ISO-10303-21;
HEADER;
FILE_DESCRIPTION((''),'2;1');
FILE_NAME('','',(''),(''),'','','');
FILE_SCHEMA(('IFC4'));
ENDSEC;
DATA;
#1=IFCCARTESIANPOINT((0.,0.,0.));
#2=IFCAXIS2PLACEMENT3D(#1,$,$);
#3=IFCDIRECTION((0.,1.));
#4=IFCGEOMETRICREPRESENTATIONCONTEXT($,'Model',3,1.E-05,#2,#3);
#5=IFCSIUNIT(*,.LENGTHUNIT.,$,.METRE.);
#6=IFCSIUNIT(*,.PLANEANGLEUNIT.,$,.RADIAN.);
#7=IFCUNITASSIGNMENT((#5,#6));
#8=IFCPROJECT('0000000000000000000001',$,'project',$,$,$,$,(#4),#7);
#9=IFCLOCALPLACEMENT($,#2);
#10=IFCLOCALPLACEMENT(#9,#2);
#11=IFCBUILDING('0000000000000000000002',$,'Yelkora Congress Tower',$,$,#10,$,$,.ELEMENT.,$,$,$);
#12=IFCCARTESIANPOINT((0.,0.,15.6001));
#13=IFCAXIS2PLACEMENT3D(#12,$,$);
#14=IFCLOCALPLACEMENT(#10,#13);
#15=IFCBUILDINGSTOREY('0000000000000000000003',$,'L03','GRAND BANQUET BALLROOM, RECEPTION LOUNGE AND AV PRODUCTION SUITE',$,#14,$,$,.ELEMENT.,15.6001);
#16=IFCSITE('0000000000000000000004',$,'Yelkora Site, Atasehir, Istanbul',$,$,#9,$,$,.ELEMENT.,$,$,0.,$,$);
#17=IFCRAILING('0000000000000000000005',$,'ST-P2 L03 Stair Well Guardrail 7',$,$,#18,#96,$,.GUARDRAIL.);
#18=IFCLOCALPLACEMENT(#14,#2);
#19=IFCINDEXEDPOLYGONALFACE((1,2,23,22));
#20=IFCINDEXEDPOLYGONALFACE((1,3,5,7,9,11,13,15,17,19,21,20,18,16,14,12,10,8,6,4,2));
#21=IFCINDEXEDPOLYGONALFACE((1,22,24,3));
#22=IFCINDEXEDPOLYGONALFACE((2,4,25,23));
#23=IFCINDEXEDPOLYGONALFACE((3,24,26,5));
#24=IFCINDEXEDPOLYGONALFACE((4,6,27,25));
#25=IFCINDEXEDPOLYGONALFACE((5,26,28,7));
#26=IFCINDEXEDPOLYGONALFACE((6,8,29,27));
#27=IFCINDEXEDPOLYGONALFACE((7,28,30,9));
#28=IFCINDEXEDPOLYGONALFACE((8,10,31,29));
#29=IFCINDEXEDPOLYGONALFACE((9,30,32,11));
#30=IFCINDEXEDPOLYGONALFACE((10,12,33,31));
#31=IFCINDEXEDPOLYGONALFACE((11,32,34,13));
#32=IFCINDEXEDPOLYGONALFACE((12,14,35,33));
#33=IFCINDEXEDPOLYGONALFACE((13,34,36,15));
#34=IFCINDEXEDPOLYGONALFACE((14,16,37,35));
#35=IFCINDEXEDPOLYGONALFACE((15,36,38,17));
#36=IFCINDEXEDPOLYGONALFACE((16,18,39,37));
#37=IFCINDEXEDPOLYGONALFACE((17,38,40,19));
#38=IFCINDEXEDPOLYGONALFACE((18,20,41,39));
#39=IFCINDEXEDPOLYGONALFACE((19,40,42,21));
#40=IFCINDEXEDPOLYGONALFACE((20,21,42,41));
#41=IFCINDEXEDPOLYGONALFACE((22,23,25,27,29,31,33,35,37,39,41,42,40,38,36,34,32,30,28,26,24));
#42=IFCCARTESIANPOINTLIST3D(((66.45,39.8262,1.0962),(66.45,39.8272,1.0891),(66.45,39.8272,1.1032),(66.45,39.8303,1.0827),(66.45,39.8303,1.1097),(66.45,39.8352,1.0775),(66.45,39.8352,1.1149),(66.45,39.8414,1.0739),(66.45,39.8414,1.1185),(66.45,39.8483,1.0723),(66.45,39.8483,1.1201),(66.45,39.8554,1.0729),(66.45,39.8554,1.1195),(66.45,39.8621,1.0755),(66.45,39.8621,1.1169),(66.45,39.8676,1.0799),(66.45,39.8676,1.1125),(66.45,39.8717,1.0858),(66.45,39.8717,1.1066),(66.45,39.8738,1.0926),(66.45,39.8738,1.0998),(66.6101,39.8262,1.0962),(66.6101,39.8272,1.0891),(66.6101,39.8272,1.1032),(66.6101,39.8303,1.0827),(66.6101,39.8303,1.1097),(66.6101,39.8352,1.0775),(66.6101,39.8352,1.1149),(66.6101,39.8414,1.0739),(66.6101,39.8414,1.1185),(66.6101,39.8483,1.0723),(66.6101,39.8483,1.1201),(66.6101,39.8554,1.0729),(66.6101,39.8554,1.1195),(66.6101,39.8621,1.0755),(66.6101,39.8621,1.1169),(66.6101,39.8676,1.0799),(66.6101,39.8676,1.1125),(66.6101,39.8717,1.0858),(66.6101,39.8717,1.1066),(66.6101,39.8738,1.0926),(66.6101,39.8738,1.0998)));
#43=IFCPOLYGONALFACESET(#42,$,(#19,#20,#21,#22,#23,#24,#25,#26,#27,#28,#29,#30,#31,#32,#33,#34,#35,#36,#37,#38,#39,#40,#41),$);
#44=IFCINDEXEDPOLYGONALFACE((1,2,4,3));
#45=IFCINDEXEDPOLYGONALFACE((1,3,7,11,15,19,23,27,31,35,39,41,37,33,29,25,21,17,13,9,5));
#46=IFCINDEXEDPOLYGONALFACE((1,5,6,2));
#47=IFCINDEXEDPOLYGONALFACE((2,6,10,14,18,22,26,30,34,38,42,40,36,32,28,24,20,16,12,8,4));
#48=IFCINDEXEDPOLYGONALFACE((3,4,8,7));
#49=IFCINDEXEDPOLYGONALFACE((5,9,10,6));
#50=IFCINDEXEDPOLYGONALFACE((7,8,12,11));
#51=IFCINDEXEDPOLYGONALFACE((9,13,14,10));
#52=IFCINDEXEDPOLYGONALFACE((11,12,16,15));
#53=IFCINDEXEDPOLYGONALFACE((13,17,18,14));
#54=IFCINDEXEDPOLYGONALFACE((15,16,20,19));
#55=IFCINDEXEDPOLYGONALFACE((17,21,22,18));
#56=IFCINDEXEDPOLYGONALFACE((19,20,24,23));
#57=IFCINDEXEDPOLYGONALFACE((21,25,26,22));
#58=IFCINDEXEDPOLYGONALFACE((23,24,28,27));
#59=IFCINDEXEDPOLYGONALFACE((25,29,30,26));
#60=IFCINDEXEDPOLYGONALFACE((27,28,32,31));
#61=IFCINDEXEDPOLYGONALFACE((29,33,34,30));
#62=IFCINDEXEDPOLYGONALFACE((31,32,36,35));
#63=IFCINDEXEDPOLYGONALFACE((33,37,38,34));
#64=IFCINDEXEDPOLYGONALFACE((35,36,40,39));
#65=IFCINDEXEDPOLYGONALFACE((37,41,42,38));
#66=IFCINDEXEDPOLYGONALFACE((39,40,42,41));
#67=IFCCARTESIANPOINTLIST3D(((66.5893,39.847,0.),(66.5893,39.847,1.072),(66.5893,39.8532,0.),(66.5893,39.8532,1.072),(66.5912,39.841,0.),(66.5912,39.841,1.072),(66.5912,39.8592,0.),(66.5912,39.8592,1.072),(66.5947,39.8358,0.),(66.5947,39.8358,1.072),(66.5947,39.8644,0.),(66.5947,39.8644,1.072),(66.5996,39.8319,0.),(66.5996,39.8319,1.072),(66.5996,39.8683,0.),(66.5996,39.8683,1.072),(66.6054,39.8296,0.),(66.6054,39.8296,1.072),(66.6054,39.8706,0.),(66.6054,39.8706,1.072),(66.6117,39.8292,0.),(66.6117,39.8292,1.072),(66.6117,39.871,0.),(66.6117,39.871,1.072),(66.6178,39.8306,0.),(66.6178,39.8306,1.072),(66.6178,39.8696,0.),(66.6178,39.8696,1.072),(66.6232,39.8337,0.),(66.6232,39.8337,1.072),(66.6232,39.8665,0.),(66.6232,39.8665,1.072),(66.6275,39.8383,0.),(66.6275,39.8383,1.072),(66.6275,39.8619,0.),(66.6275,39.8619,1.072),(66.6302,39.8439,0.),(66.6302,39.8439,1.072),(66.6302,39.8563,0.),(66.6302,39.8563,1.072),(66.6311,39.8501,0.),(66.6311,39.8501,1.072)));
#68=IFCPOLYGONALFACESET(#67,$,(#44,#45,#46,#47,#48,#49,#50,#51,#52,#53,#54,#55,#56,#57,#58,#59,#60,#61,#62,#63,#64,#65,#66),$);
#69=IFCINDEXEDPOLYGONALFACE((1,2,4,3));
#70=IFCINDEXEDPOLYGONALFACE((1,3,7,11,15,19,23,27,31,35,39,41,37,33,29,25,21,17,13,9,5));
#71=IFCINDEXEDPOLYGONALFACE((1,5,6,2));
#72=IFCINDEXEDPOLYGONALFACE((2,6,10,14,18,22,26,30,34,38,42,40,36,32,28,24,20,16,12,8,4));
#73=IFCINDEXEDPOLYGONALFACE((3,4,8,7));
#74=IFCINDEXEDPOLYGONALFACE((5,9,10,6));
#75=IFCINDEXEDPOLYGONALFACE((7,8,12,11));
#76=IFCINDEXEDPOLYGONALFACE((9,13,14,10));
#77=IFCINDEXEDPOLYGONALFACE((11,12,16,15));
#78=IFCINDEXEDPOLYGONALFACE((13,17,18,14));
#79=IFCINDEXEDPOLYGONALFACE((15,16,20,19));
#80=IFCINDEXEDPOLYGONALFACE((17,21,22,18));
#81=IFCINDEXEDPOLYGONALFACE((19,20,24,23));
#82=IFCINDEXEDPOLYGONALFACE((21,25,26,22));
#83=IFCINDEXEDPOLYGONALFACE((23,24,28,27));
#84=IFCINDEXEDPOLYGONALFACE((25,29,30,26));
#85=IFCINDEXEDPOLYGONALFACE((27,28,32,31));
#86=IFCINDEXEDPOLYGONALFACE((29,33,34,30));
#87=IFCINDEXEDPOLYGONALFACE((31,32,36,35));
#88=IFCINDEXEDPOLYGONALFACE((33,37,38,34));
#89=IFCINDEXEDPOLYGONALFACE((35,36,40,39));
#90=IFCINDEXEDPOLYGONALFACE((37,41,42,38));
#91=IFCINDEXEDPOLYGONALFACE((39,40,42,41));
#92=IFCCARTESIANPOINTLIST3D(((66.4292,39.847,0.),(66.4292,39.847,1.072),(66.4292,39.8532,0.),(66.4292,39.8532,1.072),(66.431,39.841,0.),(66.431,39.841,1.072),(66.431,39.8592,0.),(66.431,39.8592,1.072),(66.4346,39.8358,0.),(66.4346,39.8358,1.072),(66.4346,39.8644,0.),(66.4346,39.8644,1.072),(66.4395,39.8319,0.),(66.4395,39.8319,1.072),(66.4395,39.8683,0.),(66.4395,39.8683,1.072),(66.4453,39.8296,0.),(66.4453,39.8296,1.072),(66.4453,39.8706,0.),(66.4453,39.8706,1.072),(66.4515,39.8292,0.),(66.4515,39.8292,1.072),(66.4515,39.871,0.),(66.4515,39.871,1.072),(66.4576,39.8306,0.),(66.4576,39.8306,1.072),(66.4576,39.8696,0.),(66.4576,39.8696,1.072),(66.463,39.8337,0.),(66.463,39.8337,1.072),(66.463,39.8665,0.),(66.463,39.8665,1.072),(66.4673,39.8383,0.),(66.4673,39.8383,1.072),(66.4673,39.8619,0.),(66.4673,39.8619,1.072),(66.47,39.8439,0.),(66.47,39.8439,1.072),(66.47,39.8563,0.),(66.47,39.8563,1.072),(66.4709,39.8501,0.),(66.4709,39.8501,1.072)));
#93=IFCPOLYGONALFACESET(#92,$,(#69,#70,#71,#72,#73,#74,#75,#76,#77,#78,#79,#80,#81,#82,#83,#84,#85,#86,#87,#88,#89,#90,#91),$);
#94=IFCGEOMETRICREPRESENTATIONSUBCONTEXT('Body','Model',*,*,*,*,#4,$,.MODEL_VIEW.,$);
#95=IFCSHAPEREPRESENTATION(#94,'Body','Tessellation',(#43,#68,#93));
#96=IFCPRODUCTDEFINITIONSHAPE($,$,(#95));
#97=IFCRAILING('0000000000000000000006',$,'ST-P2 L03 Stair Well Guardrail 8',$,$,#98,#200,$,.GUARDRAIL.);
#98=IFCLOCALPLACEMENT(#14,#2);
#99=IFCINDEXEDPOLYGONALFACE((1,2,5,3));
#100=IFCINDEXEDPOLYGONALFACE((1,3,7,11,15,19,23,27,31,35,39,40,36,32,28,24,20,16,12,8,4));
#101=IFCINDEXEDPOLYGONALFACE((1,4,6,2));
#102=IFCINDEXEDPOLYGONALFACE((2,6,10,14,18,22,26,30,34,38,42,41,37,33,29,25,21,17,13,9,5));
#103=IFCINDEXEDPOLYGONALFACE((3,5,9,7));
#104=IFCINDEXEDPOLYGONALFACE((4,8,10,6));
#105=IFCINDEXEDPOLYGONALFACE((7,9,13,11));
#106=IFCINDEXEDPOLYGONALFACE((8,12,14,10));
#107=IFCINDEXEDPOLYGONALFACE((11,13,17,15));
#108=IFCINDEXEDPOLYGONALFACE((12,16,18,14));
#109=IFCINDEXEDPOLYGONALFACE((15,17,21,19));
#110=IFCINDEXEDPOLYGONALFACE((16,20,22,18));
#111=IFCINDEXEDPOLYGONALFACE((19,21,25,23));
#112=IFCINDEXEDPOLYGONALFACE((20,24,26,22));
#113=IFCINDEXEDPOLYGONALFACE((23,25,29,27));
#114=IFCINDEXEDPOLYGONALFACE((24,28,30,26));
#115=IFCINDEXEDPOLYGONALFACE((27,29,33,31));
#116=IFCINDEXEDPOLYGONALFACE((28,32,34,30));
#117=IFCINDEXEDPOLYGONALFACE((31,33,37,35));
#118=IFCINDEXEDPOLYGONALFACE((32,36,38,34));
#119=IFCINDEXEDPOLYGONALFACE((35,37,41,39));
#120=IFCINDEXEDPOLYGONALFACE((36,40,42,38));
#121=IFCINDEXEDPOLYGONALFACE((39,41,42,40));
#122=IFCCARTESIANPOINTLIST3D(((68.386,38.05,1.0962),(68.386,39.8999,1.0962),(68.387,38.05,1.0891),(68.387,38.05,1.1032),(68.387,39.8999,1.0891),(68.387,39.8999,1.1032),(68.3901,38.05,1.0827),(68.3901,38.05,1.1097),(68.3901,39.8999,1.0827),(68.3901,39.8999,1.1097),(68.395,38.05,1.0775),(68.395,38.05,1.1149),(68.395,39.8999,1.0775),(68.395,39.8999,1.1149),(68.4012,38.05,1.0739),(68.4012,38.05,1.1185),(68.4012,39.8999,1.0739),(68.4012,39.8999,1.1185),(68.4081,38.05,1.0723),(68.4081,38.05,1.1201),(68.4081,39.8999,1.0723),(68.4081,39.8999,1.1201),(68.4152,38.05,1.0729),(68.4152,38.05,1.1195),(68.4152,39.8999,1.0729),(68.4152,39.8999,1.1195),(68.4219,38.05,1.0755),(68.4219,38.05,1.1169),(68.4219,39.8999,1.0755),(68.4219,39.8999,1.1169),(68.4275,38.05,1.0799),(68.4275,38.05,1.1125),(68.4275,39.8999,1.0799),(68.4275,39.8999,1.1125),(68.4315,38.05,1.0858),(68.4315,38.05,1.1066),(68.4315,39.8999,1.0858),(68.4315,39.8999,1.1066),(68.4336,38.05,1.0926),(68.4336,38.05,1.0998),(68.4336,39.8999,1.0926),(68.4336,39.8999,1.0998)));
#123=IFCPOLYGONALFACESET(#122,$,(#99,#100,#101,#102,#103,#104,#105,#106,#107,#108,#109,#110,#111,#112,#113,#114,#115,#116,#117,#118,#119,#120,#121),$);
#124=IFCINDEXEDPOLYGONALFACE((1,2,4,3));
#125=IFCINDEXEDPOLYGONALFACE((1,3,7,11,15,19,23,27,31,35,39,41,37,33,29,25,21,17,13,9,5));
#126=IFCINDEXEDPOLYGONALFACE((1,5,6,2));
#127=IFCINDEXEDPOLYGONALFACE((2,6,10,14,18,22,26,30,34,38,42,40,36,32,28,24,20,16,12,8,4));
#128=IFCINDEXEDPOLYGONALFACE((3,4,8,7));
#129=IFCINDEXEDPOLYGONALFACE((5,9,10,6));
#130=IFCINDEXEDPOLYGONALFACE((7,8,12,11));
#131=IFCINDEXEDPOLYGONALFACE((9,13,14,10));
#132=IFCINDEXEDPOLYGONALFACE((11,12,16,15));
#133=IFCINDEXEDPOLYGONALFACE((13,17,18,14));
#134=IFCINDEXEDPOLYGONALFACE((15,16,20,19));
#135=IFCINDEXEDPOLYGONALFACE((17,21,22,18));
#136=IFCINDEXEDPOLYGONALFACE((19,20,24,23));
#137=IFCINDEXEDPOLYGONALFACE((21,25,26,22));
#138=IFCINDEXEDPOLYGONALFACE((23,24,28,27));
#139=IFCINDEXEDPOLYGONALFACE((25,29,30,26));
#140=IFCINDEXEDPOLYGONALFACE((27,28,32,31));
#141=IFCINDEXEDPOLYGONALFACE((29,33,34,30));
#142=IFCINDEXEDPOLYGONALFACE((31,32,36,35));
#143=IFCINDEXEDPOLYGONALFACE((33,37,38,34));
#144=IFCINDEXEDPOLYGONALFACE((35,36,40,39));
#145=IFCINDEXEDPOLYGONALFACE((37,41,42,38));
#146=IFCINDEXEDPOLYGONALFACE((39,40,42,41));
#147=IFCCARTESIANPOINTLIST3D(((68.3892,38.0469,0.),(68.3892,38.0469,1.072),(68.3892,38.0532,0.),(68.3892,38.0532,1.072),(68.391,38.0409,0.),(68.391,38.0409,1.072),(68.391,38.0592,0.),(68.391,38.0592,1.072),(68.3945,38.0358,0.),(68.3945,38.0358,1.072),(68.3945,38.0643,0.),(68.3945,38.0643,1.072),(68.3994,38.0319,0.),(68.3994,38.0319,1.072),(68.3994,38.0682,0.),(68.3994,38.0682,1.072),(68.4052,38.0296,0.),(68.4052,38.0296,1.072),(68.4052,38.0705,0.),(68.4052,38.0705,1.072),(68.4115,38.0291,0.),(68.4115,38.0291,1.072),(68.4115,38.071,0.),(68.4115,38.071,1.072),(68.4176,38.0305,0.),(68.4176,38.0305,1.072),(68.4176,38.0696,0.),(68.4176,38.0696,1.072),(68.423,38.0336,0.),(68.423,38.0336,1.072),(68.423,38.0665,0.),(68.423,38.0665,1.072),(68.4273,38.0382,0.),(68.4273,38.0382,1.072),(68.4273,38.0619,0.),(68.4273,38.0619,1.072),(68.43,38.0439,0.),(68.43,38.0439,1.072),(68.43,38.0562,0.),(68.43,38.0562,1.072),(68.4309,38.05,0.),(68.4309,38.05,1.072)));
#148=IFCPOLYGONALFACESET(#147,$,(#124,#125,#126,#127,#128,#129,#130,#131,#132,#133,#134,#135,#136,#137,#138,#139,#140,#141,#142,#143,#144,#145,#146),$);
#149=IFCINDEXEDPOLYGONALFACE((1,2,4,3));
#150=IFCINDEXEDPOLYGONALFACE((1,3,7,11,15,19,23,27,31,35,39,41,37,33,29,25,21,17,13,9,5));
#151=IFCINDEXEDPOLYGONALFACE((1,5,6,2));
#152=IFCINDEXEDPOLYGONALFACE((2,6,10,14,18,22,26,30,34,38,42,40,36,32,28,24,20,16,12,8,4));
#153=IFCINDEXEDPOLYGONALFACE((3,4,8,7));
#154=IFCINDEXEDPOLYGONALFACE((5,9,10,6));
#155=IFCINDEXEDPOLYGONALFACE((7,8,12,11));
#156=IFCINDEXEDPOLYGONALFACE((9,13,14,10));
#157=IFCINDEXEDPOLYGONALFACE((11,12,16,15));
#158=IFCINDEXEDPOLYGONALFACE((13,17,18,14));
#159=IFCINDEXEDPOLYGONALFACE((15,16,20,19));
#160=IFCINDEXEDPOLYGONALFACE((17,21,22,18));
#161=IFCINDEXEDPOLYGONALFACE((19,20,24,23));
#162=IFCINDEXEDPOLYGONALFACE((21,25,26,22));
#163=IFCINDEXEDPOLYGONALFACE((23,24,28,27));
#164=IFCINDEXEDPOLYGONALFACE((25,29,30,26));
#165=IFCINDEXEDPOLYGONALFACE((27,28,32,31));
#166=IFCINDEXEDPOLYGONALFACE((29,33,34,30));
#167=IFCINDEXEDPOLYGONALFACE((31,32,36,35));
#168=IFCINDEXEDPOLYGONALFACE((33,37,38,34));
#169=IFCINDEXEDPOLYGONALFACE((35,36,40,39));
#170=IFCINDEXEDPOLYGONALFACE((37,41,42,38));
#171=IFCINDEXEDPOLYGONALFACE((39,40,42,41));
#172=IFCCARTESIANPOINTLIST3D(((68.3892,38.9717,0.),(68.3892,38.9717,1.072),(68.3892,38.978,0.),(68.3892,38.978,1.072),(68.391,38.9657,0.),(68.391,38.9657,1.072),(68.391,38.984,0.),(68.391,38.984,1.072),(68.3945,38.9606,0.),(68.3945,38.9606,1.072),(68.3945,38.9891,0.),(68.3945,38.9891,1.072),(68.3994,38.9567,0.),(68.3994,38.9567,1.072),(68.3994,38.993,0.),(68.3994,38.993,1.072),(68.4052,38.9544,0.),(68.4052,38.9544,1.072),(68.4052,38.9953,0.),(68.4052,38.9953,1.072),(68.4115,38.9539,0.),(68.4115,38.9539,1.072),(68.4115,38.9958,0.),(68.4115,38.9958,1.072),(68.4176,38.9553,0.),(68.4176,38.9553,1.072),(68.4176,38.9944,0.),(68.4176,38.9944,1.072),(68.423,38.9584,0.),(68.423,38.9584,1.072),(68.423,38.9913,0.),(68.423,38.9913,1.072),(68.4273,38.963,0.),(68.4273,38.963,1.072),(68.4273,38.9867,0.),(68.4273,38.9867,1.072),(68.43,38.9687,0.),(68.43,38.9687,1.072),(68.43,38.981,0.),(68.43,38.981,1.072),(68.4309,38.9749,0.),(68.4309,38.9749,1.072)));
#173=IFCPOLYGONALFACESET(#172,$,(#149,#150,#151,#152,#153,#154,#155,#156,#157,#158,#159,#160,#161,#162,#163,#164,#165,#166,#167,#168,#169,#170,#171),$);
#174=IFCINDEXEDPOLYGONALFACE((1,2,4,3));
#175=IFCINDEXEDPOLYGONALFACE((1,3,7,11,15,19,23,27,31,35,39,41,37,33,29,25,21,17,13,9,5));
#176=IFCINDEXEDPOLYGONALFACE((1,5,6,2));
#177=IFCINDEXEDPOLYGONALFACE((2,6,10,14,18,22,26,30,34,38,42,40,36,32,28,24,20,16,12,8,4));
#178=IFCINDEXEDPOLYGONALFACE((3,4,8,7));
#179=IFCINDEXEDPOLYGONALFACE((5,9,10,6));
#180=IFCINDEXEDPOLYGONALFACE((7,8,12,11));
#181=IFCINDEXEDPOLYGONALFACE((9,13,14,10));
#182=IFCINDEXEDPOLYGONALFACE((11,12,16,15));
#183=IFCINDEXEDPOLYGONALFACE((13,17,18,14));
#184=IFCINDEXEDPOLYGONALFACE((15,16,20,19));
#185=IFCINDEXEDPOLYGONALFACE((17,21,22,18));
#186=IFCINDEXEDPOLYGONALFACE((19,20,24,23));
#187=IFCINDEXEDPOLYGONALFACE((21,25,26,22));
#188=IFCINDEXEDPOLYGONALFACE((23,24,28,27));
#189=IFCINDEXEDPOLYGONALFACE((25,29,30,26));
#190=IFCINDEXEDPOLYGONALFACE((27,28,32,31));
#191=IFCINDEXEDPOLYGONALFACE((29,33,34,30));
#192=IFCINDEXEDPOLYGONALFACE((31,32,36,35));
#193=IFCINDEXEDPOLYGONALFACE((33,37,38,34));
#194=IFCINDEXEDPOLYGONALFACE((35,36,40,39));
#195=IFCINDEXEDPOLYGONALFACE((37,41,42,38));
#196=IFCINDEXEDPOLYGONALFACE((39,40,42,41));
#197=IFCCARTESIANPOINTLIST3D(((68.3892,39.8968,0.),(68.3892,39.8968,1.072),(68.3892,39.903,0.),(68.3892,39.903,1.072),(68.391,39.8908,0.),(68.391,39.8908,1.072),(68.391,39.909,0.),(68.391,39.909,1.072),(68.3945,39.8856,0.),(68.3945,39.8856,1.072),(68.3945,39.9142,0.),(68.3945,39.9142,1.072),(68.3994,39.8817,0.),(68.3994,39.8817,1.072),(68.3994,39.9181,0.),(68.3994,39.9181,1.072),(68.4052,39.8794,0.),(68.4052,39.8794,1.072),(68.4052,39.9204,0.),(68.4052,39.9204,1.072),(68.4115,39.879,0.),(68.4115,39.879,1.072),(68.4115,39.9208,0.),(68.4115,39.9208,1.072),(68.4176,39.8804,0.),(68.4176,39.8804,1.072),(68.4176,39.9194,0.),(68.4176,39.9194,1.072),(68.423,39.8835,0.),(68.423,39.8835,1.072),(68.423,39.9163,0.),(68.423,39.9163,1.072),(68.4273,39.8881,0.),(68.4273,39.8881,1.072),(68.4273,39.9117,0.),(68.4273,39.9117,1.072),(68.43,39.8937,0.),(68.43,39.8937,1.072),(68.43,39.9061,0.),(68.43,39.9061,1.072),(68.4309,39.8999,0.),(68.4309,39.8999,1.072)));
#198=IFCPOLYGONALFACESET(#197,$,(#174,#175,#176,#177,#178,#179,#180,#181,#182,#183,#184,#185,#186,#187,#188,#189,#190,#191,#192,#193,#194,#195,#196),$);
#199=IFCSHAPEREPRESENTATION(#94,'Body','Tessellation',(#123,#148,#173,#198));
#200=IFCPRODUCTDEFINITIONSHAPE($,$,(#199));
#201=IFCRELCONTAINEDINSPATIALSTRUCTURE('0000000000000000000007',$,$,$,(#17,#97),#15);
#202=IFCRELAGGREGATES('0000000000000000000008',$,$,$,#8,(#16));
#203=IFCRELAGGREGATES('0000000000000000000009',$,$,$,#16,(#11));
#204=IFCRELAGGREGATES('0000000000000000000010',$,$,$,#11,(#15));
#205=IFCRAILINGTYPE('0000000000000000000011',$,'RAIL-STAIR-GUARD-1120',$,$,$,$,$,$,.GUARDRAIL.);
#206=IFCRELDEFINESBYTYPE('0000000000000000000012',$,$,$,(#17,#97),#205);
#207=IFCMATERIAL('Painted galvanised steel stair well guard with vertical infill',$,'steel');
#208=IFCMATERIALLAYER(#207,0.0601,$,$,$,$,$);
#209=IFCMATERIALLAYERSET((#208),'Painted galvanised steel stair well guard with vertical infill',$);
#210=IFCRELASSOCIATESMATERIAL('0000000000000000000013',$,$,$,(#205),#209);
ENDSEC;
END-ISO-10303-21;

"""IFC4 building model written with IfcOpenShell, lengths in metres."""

from ifc_helpers import new_model, si_unit, direction, frame, origin, origin_2d, place, context, subcontext, project, spatial, circle, extrude, material, layer, layer_set, type_object, element, save


model = new_model("IFC4")

# Units and contexts
model_context = context("Model", 3, precision=1e-05, world=origin(), true_north=direction((0.0, 1.0)))
body_context = subcontext(model_context, "Body", "Model", "MODEL_VIEW")
ifc_project = project(units=[si_unit("LENGTHUNIT", "METRE"), si_unit("PLANEANGLEUNIT", "RADIAN")], contexts=[model_context])

# Site, building, storey
site_placement = place(None, origin())
site = spatial("IfcSite", under=ifc_project, at=site_placement, Name="Yelkora Site, Atasehir, Istanbul", CompositionType="ELEMENT", RefElevation=0.0)
building_placement = place(site_placement, origin())
building = spatial("IfcBuilding", under=site, at=building_placement, Name="Yelkora Congress Tower", CompositionType="ELEMENT")
storey_placement = place(building_placement, frame((0.0, 0.0, 15.6001)))
storey = spatial("IfcBuildingStorey", under=building, at=storey_placement, Name="L03", Description="GRAND BANQUET BALLROOM, RECEPTION LOUNGE AND AV PRODUCTION SUITE", CompositionType="ELEMENT", Elevation=15.6001)

# Railings
ifc_material_1 = material(Name="Painted galvanised steel stair well guard with vertical infill", Category="steel")
ifc_layer_1 = layer(ifc_material_1, 0.0601)
ifc_layer_set_1 = layer_set([ifc_layer_1], Name="Painted galvanised steel stair well guard with vertical infill")
railing_type = type_object("IfcRailingType", Name="RAIL-STAIR-GUARD-1120", PredefinedType="GUARDRAIL", material=ifc_layer_set_1)
railing_1_placement = place(storey_placement, frame((66.6101, 39.8501, 0.0)))
element("IfcRailing", 1, at=railing_1_placement, inside=storey, type_object=railing_type, Name="ST-P2 L03 Stair Well Guardrail 7", PredefinedType="GUARDRAIL", context=body_context, shape_type="SweptSolid", body=[
    extrude(circle(Radius=0.0239, at=origin_2d()), frame((0.0, 0.0, 1.0962), z_axis=(-1.0, 0.0, 0.0), x_axis=(0.0, -1.0, 0.0)), (0.0, 0.0, 1.0), 0.1602),
    extrude(circle(Radius=0.021, at=origin_2d()), origin(), (0.0, 0.0, 1.0), 1.072),
    extrude(circle(Radius=0.021, at=origin_2d()), frame((-0.1602, 0.0, 0.0)), (0.0, 0.0, 1.0), 1.072),
])
for number, where, name in (
    (2, (68.4099, 38.05, 0.0), "ST-P2 L03 Stair Well Guardrail 8"),
):
    element("IfcRailing", number, at=place(storey_placement, frame(where)), inside=storey, type_object=railing_type, Name=name, PredefinedType="GUARDRAIL", context=body_context, shape_type="SweptSolid", body=[
        extrude(circle(Radius=0.0239, at=origin_2d()), frame((0.0, 0.0, 1.0962), z_axis=(0.0, 1.0, 0.0), x_axis=(-1.0, 0.0, 0.0)), (0.0, 0.0, 1.0), 1.8499),
        extrude(circle(Radius=0.021, at=origin_2d()), origin(), (0.0, 0.0, 1.0), 1.072),
        extrude(circle(Radius=0.021, at=origin_2d()), frame((0.0, 0.9248, 0.0)), (0.0, 0.0, 1.0), 1.072),
        extrude(circle(Radius=0.021, at=origin_2d()), frame((0.0, 1.8499, 0.0)), (0.0, 0.0, 1.0), 1.072),
    ])

save(model, "model.ifc")
